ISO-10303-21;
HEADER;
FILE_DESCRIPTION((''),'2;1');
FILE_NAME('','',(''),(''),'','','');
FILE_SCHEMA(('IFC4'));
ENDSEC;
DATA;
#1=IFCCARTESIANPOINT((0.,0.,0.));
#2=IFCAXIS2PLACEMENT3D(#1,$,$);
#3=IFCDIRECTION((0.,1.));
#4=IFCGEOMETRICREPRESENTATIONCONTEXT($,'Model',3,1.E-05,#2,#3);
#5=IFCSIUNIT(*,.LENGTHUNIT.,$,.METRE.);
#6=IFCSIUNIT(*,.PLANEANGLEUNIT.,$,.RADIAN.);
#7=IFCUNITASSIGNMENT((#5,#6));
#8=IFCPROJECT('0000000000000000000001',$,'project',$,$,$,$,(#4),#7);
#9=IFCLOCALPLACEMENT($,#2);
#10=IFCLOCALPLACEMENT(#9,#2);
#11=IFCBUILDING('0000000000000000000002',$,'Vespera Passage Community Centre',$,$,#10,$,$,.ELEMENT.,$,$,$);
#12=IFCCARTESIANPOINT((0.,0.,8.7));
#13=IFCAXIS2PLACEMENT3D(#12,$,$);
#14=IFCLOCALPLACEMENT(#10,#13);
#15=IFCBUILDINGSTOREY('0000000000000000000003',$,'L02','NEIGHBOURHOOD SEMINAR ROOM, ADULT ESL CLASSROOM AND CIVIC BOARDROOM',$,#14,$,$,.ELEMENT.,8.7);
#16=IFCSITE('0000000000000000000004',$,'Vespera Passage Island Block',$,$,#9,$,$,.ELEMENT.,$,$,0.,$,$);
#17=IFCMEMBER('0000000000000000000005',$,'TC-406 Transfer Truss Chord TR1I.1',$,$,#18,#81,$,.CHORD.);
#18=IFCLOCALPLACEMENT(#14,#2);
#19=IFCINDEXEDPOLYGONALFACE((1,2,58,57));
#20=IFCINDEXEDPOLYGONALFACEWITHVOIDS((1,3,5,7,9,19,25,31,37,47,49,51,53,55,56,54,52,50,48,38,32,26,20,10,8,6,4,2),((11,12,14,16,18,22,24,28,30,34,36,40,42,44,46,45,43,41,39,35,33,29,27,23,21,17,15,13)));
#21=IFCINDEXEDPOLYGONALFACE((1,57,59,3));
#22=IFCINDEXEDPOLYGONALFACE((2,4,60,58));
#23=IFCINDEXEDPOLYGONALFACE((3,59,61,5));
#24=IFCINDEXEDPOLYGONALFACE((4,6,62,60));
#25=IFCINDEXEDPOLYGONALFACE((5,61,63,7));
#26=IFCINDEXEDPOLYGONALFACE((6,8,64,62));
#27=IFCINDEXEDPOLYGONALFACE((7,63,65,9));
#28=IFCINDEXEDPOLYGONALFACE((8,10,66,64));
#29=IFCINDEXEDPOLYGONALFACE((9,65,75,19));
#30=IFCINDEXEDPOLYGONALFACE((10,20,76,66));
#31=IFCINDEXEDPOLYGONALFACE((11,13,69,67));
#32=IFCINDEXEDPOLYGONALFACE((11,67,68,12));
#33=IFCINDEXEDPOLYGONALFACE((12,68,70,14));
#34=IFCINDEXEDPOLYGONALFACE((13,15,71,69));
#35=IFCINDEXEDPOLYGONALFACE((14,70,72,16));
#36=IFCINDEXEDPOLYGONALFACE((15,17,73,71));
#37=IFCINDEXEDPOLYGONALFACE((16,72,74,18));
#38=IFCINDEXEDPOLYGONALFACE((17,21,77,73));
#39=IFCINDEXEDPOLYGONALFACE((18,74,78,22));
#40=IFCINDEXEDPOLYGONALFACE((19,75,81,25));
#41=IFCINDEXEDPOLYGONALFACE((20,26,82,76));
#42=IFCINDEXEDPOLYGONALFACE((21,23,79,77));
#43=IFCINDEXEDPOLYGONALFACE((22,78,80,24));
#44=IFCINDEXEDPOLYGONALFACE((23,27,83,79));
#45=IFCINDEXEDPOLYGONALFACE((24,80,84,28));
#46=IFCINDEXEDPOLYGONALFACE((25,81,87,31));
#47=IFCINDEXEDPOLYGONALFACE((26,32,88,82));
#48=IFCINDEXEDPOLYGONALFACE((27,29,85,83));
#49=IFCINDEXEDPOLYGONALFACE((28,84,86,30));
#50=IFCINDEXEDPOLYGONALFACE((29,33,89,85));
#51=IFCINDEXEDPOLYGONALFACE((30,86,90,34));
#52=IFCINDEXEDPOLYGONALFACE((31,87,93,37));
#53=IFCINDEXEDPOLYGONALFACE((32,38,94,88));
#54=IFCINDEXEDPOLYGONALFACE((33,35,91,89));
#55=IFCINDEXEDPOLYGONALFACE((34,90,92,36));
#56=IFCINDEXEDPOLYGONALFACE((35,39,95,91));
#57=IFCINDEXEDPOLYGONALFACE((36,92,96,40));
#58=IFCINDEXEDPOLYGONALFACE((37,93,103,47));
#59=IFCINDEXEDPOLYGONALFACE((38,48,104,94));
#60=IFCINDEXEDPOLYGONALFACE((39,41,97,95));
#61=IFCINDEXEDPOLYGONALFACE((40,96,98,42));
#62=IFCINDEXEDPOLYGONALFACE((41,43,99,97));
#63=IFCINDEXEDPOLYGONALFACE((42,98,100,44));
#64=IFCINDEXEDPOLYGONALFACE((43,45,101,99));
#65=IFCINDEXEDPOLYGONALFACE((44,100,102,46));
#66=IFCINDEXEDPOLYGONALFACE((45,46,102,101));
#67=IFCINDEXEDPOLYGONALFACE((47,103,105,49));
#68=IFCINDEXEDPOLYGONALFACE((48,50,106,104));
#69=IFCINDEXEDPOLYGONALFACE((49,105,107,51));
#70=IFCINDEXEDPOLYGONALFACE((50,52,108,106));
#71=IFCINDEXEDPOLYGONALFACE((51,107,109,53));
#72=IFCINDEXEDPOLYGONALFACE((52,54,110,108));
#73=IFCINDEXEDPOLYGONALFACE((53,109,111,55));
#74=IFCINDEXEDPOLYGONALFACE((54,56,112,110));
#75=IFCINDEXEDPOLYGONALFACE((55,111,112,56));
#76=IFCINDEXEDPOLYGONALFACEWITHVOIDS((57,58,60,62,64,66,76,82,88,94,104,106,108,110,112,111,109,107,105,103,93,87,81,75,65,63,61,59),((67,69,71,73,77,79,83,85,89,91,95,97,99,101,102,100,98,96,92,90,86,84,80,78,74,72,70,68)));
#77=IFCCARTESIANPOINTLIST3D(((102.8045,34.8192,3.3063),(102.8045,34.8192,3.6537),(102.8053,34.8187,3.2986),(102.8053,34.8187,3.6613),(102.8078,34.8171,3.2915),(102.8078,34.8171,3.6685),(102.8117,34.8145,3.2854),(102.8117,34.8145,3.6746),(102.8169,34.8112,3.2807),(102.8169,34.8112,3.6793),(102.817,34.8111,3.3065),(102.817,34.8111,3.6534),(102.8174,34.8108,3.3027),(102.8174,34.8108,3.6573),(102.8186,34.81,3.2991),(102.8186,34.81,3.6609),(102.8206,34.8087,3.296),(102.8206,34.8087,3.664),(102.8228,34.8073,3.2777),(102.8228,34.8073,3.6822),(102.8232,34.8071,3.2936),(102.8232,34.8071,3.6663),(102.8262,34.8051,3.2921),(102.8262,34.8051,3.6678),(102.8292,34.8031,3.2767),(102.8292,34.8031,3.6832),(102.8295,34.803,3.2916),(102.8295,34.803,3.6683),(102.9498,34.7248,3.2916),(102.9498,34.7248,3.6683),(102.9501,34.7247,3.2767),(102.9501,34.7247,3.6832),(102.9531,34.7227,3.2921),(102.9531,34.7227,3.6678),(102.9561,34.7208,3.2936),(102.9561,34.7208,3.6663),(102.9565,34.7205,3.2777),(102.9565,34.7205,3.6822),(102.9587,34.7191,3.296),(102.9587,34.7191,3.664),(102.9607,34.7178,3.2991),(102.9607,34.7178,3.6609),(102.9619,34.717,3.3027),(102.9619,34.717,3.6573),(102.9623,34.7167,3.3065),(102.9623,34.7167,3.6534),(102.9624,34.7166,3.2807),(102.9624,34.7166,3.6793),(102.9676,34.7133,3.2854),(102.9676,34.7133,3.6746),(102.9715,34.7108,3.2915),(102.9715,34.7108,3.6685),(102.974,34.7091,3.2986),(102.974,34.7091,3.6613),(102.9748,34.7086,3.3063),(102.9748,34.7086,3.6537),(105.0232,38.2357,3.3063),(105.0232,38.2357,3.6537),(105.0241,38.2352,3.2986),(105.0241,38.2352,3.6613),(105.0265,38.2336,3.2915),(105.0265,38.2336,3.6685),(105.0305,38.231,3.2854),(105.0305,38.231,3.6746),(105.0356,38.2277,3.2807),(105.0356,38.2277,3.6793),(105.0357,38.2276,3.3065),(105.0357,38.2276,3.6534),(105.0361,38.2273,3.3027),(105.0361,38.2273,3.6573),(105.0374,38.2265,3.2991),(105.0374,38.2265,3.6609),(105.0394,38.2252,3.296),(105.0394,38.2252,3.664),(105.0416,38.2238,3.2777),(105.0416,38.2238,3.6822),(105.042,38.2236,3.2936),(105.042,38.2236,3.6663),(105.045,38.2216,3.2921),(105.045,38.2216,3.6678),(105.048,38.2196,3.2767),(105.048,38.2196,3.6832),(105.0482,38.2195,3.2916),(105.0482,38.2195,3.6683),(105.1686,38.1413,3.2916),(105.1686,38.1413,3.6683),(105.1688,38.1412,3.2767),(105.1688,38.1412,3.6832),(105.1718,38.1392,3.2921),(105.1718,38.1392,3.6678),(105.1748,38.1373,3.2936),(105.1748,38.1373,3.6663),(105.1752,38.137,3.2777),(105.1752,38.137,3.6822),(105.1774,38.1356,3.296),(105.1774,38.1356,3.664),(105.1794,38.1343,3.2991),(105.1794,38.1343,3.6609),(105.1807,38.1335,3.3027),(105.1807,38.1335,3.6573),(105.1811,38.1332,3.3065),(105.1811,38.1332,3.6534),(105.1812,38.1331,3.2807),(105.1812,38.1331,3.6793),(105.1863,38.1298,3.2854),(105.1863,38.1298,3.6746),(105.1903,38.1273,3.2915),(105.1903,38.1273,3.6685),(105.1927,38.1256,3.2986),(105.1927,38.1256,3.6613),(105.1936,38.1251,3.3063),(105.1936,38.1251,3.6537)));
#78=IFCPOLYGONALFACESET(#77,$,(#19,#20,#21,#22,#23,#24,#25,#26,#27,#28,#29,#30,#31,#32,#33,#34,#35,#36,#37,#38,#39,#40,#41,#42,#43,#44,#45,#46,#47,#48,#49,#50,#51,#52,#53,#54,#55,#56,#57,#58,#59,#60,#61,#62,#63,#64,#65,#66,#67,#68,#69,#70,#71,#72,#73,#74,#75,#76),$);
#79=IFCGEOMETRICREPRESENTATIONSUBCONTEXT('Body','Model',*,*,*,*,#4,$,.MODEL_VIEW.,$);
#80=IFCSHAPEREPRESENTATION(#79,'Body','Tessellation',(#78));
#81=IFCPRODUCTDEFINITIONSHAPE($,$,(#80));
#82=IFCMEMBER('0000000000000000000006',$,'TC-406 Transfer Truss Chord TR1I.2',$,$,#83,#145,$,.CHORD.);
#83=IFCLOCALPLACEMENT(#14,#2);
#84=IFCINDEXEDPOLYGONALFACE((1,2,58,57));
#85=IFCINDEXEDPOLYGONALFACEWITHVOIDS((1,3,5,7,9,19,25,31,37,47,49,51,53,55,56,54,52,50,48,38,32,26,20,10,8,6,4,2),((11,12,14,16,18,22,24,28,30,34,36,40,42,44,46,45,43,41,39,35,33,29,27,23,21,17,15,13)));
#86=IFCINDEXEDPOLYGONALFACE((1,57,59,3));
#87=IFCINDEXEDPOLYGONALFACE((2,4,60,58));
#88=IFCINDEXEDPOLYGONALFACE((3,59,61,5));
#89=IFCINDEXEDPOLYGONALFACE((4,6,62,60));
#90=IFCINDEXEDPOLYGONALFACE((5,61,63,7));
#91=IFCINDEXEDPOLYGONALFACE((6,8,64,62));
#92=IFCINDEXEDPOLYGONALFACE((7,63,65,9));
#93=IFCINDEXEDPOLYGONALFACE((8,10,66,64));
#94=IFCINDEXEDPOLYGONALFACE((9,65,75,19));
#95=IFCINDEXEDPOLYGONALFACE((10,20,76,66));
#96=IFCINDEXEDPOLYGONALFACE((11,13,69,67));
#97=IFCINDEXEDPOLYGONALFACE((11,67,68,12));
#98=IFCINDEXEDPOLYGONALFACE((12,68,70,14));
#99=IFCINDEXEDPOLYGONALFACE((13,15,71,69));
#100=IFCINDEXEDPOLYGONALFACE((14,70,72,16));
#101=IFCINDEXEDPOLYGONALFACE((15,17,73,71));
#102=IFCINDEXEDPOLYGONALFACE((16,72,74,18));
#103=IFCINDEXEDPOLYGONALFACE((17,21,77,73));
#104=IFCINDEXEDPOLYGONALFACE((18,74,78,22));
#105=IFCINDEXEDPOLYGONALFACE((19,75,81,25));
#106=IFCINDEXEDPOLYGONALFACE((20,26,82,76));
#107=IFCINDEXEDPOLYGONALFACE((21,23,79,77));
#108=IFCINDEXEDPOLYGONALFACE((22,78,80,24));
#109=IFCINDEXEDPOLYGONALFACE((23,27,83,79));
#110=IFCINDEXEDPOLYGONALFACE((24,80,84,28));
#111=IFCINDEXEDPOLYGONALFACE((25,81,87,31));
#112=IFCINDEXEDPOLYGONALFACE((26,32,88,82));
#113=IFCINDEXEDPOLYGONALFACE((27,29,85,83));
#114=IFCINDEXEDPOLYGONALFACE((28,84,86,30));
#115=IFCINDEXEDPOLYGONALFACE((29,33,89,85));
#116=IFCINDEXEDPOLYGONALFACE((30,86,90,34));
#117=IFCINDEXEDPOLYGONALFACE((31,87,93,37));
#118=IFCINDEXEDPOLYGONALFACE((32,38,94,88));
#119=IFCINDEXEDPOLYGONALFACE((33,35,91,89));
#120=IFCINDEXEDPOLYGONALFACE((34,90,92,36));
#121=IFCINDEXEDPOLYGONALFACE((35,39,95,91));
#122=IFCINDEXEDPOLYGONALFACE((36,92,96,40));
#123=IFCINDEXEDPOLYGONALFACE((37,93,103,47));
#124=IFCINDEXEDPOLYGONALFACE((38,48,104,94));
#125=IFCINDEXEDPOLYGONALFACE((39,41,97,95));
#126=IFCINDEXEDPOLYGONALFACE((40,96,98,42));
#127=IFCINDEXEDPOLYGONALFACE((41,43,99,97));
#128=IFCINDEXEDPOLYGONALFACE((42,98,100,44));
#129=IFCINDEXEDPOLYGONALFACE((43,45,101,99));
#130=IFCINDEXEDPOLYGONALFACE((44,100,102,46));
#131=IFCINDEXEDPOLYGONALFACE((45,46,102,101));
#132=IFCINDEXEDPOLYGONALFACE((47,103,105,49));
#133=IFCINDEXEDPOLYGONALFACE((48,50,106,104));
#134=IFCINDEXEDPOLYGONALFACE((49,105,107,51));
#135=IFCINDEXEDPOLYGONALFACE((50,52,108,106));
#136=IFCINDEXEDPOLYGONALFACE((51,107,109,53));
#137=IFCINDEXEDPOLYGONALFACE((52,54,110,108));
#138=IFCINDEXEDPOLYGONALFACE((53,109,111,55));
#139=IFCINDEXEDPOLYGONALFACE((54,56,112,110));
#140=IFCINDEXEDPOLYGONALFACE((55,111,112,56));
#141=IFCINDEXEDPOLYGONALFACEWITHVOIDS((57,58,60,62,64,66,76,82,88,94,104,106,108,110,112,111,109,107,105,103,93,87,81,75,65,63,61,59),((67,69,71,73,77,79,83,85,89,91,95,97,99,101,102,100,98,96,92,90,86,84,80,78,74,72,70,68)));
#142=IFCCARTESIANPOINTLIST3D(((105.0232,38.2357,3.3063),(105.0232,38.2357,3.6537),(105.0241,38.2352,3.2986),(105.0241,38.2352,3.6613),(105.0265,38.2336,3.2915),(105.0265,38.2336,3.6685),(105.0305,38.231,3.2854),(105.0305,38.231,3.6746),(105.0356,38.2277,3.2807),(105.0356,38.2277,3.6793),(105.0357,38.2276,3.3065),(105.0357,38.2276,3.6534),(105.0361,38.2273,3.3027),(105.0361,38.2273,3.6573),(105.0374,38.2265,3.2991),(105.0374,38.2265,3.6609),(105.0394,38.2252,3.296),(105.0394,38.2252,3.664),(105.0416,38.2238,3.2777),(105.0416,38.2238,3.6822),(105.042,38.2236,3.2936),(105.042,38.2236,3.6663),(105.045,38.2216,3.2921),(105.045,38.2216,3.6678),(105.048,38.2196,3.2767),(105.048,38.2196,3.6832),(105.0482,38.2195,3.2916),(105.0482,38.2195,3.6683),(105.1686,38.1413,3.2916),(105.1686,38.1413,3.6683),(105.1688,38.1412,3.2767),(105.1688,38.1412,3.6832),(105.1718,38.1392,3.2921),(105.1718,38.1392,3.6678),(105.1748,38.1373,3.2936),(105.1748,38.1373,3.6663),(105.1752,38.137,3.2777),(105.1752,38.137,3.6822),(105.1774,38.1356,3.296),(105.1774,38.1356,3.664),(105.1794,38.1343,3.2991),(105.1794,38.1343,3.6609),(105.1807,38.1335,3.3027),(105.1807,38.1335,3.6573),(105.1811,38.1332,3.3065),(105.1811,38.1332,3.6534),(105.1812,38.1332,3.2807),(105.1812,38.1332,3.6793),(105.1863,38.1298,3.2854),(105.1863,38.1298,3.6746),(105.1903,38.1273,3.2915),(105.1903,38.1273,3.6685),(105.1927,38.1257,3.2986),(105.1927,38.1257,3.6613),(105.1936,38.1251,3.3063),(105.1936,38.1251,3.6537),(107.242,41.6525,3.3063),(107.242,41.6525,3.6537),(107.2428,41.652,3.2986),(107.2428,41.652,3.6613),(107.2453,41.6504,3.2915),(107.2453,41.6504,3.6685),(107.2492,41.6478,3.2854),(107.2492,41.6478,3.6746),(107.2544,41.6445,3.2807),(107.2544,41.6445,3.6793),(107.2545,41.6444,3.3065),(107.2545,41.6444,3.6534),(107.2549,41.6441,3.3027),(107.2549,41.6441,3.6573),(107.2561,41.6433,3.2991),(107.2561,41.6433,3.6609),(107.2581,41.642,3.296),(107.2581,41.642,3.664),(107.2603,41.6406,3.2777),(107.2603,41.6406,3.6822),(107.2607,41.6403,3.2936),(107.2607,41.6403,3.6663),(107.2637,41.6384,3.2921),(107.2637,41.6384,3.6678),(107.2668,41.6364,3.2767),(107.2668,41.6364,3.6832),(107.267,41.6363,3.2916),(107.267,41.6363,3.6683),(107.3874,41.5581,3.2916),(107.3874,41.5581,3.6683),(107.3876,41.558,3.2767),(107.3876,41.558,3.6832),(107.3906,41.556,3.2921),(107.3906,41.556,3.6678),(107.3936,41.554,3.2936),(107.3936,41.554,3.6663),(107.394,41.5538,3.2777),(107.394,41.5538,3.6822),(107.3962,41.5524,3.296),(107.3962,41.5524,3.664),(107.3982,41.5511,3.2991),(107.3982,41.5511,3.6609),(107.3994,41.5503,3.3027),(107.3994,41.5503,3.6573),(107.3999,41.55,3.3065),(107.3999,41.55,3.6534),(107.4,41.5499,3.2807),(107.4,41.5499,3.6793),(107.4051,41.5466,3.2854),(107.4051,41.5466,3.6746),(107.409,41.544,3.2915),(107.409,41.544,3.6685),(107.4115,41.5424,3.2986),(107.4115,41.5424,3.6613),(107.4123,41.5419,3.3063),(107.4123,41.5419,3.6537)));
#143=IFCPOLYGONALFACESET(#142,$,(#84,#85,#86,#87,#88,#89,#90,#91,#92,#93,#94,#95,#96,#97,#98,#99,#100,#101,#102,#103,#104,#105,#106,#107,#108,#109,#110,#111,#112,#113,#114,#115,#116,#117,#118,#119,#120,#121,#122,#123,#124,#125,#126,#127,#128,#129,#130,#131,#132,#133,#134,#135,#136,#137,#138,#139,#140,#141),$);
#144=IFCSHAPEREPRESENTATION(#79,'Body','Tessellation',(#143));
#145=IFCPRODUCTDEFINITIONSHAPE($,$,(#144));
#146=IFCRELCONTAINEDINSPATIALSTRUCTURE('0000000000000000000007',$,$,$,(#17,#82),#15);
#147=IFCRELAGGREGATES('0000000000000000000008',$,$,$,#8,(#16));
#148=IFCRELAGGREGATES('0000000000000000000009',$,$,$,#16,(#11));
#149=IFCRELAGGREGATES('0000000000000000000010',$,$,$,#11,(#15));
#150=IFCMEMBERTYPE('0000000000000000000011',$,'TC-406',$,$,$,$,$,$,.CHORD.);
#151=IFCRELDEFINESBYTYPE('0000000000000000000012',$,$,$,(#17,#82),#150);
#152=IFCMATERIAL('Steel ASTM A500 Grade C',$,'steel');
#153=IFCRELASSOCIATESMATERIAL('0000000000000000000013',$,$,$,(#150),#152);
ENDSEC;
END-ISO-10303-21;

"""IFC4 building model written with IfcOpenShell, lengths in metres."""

from ifc_helpers import new_model, si_unit, direction, frame, origin, origin_2d, place, context, subcontext, project, spatial, hollow_rectangle, extrude, material, material_profile, profile_set, type_object, element, save


model = new_model("IFC4")

# Units and contexts
model_context = context("Model", 3, precision=1e-05, world=origin(), true_north=direction((0.0, 1.0)))
body_context = subcontext(model_context, "Body", "Model", "MODEL_VIEW")
ifc_project = project(units=[si_unit("LENGTHUNIT", "METRE"), si_unit("PLANEANGLEUNIT", "RADIAN")], contexts=[model_context])

# Site, building, storey
site_placement = place(None, origin())
site = spatial("IfcSite", under=ifc_project, at=site_placement, Name="Vespera Passage Island Block", CompositionType="ELEMENT", RefElevation=0.0)
building_placement = place(site_placement, origin())
building = spatial("IfcBuilding", under=site, at=building_placement, Name="Vespera Passage Community Centre", CompositionType="ELEMENT")
storey_placement = place(building_placement, frame((0.0, 0.0, 8.7)))
storey = spatial("IfcBuildingStorey", under=building, at=storey_placement, Name="L02", Description="NEIGHBOURHOOD SEMINAR ROOM, ADULT ESL CLASSROOM AND CIVIC BOARDROOM", CompositionType="ELEMENT", Elevation=8.7)

# Members
ifc_material_1 = material(Name="Steel ASTM A500 Grade C", Category="steel")
ifc_material_profile_1 = material_profile(ifc_material_1, hollow_rectangle(XDim=0.2031, YDim=0.4065, WallThickness=0.0149, InnerFilletRadius=0.0149, OuterFilletRadius=0.0295, at=origin_2d()), Name="HSS406X203X15.9")
ifc_profile_set_1 = profile_set([ifc_material_profile_1], Name="Steel ASTM A500 Grade C")
member_type_1 = type_object("IfcMemberType", Name="TC-406", PredefinedType="CHORD", material=ifc_profile_set_1)
member_1_placement = place(storey_placement, frame((102.8896, 34.7639, 3.48), z_axis=(0.544647, 0.838665, 0.0), x_axis=(-0.838665, 0.544647, 0.0)))
element("IfcMember", 1, at=member_1_placement, inside=storey, type_object=member_type_1, Name="TC-406 Transfer Truss Chord TR1I.1", PredefinedType="CHORD", context=body_context, shape_type="SweptSolid", body=[
    extrude(hollow_rectangle(XDim=0.2031, YDim=0.4065, WallThickness=0.0149, InnerFilletRadius=0.0149, OuterFilletRadius=0.0295, at=origin_2d()), origin(), (0.0, 0.0, 1.0), 4.0737),
])
for number, where, z_axis, x_axis, name in (
    (2, (105.1084, 38.1804, 3.48), (0.54462, 0.838683, 0.0), (-0.838683, 0.54462, 0.0), "TC-406 Transfer Truss Chord TR1I.2"),
):
    element("IfcMember", number, at=place(storey_placement, frame(where, z_axis=z_axis, x_axis=x_axis)), inside=storey, type_object=member_type_1, Name=name, PredefinedType="CHORD", context=body_context, shape_type="SweptSolid", body=[
        extrude(hollow_rectangle(XDim=0.2031, YDim=0.4065, WallThickness=0.0149, InnerFilletRadius=0.0149, OuterFilletRadius=0.0295, at=origin_2d()), origin(), (0.0, 0.0, 1.0), 4.074),
    ])

save(model, "model.ifc")
